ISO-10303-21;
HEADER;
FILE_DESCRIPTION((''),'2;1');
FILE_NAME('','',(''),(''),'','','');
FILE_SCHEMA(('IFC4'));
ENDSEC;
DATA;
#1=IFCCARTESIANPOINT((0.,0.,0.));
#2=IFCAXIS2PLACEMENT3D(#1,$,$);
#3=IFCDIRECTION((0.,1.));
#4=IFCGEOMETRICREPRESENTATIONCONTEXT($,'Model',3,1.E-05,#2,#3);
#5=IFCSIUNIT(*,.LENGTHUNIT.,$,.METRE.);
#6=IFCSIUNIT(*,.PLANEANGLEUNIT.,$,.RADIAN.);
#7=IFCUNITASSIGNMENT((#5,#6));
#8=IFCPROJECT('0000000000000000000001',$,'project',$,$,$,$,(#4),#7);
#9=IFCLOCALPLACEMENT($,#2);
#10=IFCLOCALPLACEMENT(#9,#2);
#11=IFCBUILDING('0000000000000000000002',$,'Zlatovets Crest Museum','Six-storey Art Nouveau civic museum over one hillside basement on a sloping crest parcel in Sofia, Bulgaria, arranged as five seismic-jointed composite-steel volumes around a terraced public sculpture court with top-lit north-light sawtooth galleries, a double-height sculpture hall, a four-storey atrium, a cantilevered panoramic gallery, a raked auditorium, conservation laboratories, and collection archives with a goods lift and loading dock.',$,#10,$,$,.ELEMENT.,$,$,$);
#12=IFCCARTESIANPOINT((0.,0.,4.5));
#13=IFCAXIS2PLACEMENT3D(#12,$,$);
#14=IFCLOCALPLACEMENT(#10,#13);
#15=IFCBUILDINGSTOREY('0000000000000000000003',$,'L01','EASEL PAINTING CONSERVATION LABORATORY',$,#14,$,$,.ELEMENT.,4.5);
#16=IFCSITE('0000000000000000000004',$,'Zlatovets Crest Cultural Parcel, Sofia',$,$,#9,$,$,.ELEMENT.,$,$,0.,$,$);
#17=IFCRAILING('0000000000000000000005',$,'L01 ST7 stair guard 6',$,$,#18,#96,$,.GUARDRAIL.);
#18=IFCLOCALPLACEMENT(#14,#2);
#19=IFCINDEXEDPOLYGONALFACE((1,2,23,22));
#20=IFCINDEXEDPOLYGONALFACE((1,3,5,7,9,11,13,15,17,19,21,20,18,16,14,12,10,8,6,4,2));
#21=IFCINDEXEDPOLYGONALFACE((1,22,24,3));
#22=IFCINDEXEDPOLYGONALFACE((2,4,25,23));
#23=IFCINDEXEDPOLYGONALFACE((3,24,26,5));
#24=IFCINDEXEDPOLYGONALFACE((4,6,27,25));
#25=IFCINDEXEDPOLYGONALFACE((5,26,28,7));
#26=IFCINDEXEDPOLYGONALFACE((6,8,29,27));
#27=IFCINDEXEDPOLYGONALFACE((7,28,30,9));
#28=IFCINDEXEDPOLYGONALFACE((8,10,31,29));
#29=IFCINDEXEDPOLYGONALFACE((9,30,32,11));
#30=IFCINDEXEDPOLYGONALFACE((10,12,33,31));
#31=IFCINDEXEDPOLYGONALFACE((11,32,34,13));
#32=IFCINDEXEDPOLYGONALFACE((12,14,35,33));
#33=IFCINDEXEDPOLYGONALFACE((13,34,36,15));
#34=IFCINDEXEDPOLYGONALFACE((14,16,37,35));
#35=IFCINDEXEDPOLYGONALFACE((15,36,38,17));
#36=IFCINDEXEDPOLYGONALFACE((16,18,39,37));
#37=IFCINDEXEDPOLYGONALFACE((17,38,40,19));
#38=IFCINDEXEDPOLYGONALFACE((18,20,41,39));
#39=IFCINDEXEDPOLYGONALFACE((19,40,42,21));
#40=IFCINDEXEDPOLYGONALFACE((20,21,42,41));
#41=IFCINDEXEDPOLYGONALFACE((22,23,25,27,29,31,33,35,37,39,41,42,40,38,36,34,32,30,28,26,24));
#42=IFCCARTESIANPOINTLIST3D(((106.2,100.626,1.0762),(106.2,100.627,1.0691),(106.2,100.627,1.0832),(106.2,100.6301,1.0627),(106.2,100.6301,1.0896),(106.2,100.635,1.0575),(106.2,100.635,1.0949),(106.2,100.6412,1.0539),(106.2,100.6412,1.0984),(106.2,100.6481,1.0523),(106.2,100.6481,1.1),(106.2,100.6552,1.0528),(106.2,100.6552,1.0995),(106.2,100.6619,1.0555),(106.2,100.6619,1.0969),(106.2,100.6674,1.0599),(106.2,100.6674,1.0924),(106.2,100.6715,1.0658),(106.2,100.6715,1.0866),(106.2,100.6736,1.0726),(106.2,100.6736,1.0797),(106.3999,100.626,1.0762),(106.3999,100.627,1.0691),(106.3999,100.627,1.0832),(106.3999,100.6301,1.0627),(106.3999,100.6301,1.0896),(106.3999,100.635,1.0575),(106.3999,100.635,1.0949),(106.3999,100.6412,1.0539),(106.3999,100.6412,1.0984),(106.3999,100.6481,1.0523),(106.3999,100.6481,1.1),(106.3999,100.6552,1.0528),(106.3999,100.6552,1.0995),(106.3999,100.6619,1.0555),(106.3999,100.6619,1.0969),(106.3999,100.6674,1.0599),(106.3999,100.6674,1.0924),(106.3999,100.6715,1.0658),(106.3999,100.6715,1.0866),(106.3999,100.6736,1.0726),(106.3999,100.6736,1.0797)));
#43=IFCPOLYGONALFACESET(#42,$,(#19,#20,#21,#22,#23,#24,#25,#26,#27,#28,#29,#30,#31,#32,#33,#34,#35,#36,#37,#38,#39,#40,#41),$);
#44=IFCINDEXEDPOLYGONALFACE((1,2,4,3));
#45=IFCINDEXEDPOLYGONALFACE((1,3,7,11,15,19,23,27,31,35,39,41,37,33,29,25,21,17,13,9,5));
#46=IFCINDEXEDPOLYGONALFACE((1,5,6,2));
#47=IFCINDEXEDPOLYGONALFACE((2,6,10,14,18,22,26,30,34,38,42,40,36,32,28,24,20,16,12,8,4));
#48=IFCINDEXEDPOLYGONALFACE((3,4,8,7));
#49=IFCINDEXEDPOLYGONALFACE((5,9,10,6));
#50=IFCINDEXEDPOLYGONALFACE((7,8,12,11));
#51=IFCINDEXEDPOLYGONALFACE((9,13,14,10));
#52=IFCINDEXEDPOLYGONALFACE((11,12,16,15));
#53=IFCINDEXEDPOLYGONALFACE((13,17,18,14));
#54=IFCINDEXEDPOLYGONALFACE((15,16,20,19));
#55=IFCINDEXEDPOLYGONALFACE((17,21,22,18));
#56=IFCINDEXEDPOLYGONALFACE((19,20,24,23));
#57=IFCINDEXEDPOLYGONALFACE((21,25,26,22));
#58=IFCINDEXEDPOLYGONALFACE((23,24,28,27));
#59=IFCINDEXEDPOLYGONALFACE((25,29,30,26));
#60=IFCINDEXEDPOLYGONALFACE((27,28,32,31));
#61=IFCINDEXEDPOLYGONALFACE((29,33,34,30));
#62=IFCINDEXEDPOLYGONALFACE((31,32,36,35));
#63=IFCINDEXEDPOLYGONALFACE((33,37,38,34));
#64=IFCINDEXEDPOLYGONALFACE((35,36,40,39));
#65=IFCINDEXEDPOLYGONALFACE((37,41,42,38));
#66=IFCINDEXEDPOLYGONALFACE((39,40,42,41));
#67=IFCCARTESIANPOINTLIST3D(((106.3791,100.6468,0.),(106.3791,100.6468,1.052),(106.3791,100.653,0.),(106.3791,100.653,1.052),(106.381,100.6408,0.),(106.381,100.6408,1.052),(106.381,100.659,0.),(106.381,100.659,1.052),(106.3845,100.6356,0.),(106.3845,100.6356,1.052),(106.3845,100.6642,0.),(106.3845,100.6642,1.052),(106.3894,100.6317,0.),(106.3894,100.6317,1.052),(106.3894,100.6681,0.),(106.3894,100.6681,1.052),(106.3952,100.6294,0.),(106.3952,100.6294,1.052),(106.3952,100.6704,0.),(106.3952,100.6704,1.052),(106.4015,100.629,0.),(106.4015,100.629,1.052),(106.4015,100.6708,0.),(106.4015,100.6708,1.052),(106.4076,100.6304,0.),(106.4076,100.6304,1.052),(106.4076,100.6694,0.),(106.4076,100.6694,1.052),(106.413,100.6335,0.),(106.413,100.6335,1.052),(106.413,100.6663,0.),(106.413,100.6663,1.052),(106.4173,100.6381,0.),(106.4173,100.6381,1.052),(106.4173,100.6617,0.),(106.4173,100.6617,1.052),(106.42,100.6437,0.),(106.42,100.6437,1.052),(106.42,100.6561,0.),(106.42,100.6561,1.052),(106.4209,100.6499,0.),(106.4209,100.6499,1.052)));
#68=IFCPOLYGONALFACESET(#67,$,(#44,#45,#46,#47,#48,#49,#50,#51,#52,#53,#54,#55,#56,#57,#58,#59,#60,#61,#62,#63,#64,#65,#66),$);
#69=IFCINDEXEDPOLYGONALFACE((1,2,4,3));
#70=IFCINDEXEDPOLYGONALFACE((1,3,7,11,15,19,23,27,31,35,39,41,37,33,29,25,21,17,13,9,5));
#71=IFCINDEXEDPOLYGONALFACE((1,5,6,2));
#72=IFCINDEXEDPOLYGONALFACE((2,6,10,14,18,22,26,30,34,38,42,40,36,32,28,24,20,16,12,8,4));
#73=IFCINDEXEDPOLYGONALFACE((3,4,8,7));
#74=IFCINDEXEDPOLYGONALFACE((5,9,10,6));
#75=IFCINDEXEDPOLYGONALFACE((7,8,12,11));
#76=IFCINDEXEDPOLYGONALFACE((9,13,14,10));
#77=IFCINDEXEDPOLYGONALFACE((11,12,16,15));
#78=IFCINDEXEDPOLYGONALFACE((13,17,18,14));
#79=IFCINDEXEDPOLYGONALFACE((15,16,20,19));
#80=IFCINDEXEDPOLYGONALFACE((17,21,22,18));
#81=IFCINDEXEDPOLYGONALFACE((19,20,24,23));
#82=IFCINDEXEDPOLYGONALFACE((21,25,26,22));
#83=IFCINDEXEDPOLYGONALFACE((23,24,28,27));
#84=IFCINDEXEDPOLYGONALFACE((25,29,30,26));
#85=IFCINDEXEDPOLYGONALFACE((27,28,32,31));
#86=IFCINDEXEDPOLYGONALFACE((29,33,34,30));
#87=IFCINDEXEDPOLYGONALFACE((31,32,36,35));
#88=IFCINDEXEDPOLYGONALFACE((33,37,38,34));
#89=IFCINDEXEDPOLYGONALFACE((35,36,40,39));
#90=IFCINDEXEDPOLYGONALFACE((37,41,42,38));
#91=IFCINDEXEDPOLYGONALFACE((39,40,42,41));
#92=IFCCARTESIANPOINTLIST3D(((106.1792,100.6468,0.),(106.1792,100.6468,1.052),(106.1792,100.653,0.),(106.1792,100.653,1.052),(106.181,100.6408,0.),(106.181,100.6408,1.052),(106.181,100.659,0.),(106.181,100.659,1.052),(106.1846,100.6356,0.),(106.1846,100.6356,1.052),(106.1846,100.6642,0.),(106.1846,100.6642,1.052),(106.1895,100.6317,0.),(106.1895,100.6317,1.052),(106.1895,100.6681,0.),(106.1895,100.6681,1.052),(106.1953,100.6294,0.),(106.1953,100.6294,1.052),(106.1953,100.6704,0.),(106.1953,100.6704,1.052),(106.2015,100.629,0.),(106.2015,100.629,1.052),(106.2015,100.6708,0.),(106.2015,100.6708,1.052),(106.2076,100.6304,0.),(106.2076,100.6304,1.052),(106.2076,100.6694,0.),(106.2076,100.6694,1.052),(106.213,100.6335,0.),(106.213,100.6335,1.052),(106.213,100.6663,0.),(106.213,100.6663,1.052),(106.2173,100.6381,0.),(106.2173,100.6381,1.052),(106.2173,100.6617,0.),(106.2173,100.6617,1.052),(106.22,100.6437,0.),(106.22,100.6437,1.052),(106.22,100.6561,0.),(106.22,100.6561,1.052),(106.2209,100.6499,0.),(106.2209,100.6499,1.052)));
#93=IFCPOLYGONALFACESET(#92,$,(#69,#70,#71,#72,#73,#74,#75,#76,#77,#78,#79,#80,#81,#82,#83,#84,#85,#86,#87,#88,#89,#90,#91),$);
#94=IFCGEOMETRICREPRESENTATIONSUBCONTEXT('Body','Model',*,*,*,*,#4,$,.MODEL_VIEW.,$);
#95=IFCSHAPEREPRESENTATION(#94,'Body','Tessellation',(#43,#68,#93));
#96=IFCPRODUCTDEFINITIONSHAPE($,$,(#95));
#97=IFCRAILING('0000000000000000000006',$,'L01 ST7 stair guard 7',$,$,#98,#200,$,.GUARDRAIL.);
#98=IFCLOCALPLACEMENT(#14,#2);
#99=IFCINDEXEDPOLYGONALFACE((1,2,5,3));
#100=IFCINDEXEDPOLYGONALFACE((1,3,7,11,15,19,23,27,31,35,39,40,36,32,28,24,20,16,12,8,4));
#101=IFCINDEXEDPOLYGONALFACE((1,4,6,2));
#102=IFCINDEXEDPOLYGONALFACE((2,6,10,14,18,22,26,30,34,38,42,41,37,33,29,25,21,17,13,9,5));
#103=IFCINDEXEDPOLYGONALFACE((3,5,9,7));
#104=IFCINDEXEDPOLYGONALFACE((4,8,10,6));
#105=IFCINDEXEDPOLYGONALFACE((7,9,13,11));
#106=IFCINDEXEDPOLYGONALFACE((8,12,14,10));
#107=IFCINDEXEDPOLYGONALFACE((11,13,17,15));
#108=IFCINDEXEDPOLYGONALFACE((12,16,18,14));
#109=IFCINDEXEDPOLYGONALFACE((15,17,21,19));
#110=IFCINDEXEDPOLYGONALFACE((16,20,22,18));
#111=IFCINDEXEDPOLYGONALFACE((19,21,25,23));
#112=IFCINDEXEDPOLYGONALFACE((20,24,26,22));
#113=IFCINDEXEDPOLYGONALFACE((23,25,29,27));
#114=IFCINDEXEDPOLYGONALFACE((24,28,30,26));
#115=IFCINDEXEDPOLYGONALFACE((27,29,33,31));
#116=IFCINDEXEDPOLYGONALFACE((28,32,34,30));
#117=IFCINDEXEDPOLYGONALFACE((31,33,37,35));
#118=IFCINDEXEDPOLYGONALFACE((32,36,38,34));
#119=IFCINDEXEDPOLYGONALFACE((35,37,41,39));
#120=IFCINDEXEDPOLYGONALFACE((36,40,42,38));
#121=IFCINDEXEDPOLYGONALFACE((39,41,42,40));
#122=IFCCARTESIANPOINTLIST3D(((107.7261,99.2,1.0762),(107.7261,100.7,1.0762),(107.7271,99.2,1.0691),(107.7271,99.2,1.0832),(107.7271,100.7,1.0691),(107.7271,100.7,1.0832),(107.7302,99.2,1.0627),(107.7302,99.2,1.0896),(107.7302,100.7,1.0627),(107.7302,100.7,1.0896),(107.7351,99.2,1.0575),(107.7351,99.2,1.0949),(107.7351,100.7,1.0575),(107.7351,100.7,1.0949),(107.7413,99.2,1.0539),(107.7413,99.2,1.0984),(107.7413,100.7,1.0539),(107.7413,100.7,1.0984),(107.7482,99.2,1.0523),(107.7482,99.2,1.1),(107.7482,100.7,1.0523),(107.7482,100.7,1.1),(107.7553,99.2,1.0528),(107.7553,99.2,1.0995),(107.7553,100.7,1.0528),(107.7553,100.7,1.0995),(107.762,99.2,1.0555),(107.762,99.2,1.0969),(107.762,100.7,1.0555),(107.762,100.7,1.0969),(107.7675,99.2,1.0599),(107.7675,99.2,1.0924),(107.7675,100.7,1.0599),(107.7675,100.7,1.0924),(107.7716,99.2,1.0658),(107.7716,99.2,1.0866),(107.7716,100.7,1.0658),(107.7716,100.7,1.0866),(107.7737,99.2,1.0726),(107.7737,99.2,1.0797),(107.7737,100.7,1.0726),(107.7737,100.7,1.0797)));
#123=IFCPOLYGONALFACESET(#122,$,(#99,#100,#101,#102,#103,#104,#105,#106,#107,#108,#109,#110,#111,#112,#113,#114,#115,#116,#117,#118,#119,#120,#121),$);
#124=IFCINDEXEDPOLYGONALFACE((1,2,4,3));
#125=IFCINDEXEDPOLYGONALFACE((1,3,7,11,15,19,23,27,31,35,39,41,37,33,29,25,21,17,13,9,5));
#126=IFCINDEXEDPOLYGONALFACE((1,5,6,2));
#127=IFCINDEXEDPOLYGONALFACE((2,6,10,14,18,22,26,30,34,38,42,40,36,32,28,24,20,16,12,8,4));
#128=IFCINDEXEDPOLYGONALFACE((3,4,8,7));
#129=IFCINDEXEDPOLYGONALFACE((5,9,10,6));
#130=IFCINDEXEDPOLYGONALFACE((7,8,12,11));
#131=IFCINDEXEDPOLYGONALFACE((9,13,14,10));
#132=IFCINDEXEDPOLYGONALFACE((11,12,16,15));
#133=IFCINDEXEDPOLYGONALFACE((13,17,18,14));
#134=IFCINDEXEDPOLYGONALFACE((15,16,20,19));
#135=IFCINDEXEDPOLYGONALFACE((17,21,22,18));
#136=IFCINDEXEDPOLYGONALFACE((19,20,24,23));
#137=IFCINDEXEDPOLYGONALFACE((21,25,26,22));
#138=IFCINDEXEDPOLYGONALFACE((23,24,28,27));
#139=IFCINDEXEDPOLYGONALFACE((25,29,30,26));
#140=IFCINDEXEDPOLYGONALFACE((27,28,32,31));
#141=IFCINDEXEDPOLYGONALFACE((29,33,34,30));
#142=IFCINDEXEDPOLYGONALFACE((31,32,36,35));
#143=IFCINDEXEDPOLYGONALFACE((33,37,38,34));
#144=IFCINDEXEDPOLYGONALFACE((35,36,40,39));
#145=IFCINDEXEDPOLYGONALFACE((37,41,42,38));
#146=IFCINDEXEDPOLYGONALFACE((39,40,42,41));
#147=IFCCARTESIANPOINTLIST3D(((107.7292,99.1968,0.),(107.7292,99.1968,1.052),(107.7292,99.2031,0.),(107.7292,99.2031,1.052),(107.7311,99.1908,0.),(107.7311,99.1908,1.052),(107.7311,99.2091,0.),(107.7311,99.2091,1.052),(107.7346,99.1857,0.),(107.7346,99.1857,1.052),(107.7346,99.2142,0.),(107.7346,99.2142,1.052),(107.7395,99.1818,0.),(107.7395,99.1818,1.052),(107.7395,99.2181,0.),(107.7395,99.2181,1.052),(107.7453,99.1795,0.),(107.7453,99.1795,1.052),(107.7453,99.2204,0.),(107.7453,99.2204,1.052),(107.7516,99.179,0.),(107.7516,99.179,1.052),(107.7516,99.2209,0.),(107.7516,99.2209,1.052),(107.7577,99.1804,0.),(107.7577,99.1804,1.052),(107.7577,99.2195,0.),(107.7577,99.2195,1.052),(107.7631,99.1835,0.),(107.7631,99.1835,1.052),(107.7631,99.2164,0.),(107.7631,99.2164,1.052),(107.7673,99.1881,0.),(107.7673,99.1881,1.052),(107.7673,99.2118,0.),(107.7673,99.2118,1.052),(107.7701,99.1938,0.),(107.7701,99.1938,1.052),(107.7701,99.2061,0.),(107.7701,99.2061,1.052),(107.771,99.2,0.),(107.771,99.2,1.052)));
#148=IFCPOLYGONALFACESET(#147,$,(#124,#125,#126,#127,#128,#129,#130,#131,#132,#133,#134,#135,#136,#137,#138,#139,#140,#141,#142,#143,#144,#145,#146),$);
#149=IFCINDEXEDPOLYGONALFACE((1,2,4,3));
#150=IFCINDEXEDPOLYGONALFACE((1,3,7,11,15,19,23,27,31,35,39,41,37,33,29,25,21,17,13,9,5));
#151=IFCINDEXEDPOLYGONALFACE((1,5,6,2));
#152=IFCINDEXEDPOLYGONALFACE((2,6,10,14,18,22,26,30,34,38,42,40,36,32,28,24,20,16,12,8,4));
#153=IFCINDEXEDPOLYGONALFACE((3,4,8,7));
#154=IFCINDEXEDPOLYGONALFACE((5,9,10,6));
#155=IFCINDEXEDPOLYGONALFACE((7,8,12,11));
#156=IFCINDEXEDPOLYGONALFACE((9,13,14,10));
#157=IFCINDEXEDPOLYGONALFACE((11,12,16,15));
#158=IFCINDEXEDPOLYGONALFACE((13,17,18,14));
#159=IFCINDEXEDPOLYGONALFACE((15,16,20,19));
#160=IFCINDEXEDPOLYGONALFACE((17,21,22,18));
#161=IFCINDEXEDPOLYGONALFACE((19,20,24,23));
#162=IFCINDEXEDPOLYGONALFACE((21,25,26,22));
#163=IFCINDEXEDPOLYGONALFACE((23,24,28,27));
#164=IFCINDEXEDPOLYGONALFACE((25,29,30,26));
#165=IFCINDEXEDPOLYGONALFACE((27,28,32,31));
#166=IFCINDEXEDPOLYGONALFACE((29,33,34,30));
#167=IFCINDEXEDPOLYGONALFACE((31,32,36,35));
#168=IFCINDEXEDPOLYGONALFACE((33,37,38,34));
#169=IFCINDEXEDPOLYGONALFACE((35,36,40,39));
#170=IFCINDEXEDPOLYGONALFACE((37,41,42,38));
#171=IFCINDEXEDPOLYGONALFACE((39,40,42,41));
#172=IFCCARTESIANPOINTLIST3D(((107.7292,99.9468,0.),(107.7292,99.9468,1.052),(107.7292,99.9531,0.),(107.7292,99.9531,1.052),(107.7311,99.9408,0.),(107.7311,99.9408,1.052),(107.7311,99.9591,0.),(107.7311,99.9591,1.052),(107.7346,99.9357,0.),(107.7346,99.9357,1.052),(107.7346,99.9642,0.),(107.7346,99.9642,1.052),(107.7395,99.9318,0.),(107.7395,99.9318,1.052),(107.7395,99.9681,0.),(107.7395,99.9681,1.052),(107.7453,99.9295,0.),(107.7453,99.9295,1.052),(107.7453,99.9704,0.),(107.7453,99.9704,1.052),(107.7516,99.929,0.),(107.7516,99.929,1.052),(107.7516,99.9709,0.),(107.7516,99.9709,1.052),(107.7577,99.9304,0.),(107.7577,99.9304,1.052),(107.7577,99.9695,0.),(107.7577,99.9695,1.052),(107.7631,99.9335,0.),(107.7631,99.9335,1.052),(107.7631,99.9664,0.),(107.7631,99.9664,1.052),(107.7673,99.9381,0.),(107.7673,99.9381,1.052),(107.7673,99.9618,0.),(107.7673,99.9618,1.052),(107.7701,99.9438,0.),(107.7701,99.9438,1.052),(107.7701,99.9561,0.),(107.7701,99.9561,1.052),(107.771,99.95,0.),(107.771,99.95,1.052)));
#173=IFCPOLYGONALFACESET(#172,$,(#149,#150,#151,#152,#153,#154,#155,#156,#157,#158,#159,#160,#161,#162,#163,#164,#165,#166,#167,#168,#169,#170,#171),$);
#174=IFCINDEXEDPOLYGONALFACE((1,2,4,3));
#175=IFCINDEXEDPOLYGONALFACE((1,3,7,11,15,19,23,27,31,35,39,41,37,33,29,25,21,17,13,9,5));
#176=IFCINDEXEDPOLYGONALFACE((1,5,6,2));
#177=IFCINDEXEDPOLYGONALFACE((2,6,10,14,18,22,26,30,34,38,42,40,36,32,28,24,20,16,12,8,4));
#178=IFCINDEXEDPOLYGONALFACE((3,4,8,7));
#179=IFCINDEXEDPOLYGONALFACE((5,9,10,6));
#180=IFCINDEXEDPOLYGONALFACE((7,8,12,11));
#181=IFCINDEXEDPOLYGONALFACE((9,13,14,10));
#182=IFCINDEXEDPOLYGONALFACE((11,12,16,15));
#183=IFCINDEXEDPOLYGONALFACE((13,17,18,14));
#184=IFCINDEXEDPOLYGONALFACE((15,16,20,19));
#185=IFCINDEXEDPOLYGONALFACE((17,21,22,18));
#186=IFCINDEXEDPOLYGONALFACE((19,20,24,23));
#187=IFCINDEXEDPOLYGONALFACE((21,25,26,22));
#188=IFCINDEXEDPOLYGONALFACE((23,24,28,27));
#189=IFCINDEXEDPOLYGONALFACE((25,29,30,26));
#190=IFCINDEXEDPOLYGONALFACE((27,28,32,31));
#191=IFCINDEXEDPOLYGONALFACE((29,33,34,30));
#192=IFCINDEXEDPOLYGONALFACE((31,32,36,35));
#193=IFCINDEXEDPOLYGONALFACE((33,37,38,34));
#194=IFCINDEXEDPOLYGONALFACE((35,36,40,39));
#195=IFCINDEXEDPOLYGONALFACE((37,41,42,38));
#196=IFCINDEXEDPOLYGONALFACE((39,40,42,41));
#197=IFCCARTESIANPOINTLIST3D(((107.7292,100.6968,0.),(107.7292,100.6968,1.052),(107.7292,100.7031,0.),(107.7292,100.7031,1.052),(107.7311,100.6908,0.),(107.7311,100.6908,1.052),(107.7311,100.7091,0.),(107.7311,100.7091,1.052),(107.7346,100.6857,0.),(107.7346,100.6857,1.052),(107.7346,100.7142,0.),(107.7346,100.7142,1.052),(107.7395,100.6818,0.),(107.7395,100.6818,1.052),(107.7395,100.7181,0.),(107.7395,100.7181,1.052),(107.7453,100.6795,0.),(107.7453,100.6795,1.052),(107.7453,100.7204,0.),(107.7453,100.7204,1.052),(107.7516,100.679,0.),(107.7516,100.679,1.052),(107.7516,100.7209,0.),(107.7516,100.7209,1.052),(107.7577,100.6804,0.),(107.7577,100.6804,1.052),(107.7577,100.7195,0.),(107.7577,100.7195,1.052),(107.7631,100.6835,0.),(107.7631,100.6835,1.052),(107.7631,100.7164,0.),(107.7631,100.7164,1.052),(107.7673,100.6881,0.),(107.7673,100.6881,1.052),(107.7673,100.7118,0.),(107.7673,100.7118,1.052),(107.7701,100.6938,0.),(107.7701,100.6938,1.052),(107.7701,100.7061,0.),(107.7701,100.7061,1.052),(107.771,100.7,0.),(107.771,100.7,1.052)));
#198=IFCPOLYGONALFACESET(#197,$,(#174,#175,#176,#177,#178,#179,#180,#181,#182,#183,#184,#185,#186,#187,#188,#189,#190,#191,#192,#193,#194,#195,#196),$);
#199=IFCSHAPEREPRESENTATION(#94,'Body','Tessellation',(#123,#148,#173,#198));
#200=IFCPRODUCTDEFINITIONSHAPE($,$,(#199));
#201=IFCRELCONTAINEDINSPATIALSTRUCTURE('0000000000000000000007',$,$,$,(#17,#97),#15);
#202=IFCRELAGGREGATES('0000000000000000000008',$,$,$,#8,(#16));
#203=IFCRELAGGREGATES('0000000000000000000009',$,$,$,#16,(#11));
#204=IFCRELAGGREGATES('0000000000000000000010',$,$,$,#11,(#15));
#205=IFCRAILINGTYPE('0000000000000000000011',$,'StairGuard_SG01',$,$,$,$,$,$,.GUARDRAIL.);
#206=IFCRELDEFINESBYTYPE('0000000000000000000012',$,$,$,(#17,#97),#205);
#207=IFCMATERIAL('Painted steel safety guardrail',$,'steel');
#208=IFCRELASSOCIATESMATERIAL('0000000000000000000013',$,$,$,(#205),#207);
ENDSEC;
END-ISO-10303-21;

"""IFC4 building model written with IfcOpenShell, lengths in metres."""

from ifc_helpers import new_model, si_unit, direction, frame, origin, origin_2d, place, context, subcontext, project, spatial, circle, extrude, material, type_object, element, save


model = new_model("IFC4")

# Units and contexts
model_context = context("Model", 3, precision=1e-05, world=origin(), true_north=direction((0.0, 1.0)))
body_context = subcontext(model_context, "Body", "Model", "MODEL_VIEW")
ifc_project = project(units=[si_unit("LENGTHUNIT", "METRE"), si_unit("PLANEANGLEUNIT", "RADIAN")], contexts=[model_context])

# Site, building, storey
site_placement = place(None, origin())
site = spatial("IfcSite", under=ifc_project, at=site_placement, Name="Zlatovets Crest Cultural Parcel, Sofia", CompositionType="ELEMENT", RefElevation=0.0)
building_placement = place(site_placement, origin())
building = spatial("IfcBuilding", under=site, at=building_placement, Name="Zlatovets Crest Museum", Description="Six-storey Art Nouveau civic museum over one hillside basement on a sloping crest parcel in Sofia, Bulgaria, arranged as five seismic-jointed composite-steel volumes around a terraced public sculpture court with top-lit north-light sawtooth galleries, a double-height sculpture hall, a four-storey atrium, a cantilevered panoramic gallery, a raked auditorium, conservation laboratories, and collection archives with a goods lift and loading dock.", CompositionType="ELEMENT")
storey_placement = place(building_placement, frame((0.0, 0.0, 4.5)))
storey = spatial("IfcBuildingStorey", under=building, at=storey_placement, Name="L01", Description="EASEL PAINTING CONSERVATION LABORATORY", CompositionType="ELEMENT", Elevation=4.5)

# Railings
ifc_material_1 = material(Name="Painted steel safety guardrail", Category="steel")
railing_type_1 = type_object("IfcRailingType", Name="StairGuard_SG01", PredefinedType="GUARDRAIL", material=ifc_material_1)
railing_1_placement = place(storey_placement, frame((106.3999, 100.6499, 0.0)))
element("IfcRailing", 1, at=railing_1_placement, inside=storey, type_object=railing_type_1, Name="L01 ST7 stair guard 6", PredefinedType="GUARDRAIL", context=body_context, shape_type="SweptSolid", body=[
    extrude(circle(Radius=0.0239, at=origin_2d()), frame((0.0, 0.0, 1.0762), z_axis=(-1.0, 0.0, 0.0), x_axis=(0.0, -1.0, 0.0)), (0.0, 0.0, 1.0), 0.2),
    extrude(circle(Radius=0.021, at=origin_2d()), origin(), (0.0, 0.0, 1.0), 1.052),
    extrude(circle(Radius=0.021, at=origin_2d()), frame((-0.2, 0.0, 0.0)), (0.0, 0.0, 1.0), 1.052),
])
railing_2_placement = place(storey_placement, frame((107.75, 99.2, 0.0)))
element("IfcRailing", 2, at=railing_2_placement, inside=storey, type_object=railing_type_1, Name="L01 ST7 stair guard 7", PredefinedType="GUARDRAIL", context=body_context, shape_type="SweptSolid", body=[
    extrude(circle(Radius=0.0239, at=origin_2d()), frame((0.0, 0.0, 1.0762), z_axis=(0.0, 1.0, 0.0), x_axis=(-1.0, 0.0, 0.0)), (0.0, 0.0, 1.0), 1.5),
    extrude(circle(Radius=0.021, at=origin_2d()), origin(), (0.0, 0.0, 1.0), 1.052),
    extrude(circle(Radius=0.021, at=origin_2d()), frame((0.0, 0.75, 0.0)), (0.0, 0.0, 1.0), 1.052),
    extrude(circle(Radius=0.021, at=origin_2d()), frame((0.0, 1.5, 0.0)), (0.0, 0.0, 1.0), 1.052),
])

save(model, "model.ifc")
